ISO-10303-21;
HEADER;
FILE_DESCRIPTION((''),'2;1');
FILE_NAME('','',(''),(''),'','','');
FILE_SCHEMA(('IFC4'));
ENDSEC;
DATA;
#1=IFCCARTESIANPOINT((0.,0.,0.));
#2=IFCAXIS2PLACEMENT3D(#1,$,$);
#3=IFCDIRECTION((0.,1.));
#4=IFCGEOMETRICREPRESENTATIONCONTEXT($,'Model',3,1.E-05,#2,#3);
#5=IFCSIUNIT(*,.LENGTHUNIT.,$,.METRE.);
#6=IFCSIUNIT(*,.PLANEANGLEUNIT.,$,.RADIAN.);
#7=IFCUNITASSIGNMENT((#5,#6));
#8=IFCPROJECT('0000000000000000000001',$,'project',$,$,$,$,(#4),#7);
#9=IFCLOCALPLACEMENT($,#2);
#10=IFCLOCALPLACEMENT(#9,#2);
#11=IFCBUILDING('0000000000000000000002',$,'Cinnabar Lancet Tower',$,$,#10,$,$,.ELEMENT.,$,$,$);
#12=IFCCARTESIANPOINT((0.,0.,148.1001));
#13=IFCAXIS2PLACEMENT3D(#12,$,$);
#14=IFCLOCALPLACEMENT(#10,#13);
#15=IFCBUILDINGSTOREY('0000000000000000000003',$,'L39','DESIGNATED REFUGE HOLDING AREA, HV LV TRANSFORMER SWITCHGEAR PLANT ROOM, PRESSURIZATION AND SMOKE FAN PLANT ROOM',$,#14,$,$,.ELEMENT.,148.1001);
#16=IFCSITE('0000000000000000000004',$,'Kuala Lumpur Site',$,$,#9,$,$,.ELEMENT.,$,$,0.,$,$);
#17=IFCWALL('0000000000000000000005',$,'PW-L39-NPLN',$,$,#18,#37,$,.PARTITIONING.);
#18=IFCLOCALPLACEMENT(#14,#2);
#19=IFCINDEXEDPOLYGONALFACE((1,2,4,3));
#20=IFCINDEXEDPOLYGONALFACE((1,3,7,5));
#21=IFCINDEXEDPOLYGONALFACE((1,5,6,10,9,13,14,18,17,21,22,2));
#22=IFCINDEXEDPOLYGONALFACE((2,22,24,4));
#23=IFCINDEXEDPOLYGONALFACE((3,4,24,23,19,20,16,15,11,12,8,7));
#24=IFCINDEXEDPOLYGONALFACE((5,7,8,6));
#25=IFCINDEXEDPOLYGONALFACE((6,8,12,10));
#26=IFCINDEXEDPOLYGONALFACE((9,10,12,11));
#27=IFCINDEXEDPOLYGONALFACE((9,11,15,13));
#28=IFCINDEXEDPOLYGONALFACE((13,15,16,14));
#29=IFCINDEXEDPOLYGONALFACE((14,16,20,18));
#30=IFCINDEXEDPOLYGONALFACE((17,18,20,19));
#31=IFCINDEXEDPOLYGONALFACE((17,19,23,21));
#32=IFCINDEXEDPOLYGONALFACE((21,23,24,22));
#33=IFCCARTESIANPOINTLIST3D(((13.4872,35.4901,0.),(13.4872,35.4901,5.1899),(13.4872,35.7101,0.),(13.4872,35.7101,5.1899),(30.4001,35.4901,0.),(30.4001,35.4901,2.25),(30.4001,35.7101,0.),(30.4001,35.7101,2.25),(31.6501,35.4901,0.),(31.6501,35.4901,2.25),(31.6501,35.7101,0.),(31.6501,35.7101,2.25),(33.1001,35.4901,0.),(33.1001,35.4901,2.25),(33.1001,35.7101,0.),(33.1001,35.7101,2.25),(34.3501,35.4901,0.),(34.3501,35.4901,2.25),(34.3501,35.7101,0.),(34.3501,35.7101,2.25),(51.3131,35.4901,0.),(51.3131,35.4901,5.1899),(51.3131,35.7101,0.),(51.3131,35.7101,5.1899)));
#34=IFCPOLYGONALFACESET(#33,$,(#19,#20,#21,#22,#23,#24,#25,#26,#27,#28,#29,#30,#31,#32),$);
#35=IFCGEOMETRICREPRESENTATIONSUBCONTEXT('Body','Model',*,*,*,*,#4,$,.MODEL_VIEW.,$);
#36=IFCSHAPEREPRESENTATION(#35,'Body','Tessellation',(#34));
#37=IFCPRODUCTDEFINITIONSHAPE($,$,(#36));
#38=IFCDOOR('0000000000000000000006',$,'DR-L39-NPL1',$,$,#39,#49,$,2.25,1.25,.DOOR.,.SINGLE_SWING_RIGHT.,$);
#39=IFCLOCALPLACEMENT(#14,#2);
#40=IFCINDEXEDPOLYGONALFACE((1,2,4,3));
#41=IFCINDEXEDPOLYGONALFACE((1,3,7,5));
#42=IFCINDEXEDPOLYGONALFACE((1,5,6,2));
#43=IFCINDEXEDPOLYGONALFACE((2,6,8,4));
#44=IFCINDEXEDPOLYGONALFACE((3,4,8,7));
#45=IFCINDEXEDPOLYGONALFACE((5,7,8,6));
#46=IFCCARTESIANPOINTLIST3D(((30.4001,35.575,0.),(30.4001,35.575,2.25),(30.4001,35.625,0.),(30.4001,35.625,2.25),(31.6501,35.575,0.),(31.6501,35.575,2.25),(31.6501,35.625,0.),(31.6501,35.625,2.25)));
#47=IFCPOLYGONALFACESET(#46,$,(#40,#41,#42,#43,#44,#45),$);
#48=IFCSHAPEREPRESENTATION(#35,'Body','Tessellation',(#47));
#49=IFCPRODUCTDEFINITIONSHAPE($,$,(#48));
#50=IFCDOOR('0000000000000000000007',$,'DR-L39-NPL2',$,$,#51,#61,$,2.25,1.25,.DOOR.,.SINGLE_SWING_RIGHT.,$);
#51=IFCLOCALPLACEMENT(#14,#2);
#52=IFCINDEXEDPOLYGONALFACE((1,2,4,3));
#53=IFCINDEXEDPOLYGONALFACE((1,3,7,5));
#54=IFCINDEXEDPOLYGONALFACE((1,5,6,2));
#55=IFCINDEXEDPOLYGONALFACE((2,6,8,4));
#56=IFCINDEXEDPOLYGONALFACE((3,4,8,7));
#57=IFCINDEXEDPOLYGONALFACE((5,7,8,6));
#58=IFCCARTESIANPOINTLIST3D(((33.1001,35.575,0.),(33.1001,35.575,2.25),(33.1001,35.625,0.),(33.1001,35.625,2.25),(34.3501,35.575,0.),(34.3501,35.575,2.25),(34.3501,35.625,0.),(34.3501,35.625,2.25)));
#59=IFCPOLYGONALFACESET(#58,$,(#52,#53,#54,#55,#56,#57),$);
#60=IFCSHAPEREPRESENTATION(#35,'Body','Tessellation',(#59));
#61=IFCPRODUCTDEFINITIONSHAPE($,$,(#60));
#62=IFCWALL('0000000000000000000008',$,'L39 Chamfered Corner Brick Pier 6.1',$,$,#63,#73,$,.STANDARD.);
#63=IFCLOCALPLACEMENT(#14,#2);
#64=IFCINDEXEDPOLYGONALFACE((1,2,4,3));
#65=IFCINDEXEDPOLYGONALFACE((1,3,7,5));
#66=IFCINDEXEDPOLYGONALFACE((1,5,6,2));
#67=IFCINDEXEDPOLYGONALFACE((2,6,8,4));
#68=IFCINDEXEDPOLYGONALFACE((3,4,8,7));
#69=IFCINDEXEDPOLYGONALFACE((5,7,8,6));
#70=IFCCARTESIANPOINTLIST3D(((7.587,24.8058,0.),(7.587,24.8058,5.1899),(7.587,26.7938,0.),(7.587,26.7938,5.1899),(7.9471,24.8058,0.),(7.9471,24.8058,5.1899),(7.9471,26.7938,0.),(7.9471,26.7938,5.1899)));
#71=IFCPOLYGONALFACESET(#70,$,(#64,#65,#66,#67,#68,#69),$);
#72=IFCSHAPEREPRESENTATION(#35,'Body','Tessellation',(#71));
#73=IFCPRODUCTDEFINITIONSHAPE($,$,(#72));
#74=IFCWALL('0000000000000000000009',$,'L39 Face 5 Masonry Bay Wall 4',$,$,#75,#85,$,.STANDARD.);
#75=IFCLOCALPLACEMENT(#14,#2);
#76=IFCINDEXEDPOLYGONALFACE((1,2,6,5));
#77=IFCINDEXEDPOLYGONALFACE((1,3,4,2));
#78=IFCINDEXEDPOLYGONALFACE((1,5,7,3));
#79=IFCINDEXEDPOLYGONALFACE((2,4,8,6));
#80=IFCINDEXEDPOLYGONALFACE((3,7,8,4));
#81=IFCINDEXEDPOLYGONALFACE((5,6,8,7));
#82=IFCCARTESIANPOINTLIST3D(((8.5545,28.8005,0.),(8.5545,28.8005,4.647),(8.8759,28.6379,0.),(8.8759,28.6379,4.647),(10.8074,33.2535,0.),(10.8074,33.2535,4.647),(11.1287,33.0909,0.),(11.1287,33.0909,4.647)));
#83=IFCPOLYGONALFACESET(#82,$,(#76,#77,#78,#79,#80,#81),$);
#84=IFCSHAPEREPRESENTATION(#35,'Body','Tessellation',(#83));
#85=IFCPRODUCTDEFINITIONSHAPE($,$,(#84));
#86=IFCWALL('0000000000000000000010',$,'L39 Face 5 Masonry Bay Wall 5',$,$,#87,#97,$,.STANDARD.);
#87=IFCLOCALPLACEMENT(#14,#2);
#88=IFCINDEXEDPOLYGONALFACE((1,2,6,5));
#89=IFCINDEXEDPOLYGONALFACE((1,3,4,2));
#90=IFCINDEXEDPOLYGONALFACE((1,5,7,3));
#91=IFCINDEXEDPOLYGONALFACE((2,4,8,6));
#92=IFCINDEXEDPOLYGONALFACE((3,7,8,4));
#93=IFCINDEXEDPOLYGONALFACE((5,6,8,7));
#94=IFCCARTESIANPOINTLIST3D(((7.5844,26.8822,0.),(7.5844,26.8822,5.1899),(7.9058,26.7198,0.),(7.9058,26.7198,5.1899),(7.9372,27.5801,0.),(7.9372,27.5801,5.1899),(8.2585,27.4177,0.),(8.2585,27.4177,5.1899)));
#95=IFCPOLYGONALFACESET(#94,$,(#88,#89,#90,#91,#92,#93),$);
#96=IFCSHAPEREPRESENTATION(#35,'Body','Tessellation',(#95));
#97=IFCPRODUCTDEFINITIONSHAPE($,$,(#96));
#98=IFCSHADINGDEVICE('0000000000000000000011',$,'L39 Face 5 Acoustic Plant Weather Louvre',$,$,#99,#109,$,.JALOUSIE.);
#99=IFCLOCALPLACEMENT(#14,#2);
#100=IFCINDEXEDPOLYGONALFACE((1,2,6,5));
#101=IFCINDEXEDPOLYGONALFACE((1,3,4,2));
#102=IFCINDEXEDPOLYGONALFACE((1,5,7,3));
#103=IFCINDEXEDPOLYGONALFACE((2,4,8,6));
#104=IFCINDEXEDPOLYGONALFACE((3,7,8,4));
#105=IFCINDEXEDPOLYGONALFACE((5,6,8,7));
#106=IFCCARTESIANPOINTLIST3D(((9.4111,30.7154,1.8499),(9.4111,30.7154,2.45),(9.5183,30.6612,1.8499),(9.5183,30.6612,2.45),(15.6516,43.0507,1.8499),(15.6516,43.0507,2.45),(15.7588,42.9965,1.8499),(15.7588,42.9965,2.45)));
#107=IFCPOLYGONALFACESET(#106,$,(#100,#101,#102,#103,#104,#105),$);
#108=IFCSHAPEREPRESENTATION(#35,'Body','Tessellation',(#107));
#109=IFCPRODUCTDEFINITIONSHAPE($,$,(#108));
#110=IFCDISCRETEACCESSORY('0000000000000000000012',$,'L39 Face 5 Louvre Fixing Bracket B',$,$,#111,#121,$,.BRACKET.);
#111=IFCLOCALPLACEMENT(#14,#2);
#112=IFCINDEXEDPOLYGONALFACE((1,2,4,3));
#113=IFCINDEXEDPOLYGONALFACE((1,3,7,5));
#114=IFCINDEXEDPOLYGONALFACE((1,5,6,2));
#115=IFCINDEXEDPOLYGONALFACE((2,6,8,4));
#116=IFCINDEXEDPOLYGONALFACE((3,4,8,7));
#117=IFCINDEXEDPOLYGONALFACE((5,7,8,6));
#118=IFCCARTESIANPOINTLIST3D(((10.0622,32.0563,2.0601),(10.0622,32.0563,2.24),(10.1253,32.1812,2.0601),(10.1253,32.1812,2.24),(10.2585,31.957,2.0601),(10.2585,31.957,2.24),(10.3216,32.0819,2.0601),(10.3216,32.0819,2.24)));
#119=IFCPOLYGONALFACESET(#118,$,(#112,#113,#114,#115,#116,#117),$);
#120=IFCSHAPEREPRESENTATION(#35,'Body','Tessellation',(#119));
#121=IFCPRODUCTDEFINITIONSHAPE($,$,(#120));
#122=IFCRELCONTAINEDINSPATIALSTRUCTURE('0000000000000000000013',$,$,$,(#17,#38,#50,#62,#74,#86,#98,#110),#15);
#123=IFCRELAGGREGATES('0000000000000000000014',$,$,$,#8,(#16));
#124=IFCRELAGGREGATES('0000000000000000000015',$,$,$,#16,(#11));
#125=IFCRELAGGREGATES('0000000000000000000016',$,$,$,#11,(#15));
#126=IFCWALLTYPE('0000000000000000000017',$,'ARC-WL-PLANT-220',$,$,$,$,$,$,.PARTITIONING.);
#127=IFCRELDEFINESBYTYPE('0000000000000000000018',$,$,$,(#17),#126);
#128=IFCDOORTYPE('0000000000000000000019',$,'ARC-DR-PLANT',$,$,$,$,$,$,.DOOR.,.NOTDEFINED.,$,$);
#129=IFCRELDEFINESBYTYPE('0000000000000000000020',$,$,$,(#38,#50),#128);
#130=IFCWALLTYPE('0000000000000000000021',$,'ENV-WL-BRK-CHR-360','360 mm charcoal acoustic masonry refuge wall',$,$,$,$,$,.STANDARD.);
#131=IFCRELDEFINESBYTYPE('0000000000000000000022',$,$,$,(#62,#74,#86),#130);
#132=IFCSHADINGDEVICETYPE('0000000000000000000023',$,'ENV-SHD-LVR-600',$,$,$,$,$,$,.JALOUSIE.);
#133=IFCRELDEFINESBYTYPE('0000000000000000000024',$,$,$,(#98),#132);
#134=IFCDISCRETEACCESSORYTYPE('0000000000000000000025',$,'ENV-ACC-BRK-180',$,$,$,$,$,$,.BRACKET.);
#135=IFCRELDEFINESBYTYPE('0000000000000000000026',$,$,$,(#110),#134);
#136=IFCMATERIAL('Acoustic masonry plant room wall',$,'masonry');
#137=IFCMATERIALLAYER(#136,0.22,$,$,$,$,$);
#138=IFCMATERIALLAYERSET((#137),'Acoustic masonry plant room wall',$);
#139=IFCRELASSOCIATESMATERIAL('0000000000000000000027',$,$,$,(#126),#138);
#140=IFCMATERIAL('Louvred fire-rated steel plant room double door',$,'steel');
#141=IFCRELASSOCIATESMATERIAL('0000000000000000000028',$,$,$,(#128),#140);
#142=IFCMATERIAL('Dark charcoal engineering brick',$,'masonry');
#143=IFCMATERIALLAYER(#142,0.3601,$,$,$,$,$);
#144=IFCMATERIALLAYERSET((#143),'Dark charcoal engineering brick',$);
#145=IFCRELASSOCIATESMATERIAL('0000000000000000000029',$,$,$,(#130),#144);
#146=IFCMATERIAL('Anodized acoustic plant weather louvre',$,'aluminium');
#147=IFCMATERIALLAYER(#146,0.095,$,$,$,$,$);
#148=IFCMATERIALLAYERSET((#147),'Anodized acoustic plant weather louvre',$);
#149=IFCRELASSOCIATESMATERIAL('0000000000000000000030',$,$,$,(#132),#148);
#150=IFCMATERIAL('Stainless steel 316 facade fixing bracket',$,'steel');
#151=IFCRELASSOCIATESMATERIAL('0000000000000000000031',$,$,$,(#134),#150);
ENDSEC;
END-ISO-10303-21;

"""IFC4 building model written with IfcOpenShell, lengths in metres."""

from ifc_helpers import new_model, si_unit, direction, frame, frame_2d, origin, origin_2d, place, context, subcontext, project, spatial, rectangle, extrude, material, layer, layer_set, type_object, element, fill, save


model = new_model("IFC4")

# Units and contexts
model_context = context("Model", 3, precision=1e-05, world=origin(), true_north=direction((0.0, 1.0)))
body_context = subcontext(model_context, "Body", "Model", "MODEL_VIEW")
ifc_project = project(units=[si_unit("LENGTHUNIT", "METRE"), si_unit("PLANEANGLEUNIT", "RADIAN")], contexts=[model_context])

# Site, building, storey
site_placement = place(None, origin())
site = spatial("IfcSite", under=ifc_project, at=site_placement, Name="Kuala Lumpur Site", CompositionType="ELEMENT", RefElevation=0.0)
building_placement = place(site_placement, origin())
building = spatial("IfcBuilding", under=site, at=building_placement, Name="Cinnabar Lancet Tower", CompositionType="ELEMENT")
storey_placement = place(building_placement, frame((0.0, 0.0, 148.1001)))
storey = spatial("IfcBuildingStorey", under=building, at=storey_placement, Name="L39", Description="DESIGNATED REFUGE HOLDING AREA, HV LV TRANSFORMER SWITCHGEAR PLANT ROOM, PRESSURIZATION AND SMOKE FAN PLANT ROOM", CompositionType="ELEMENT", Elevation=148.1001)

# Shared definitions
ifc_material_1 = material(Name="Acoustic masonry plant room wall", Category="masonry")
ifc_layer_1 = layer(ifc_material_1, 0.22)
ifc_layer_set_1 = layer_set([ifc_layer_1], Name="Acoustic masonry plant room wall")
wall_type_1 = type_object("IfcWallType", Name="ARC-WL-PLANT-220", PredefinedType="PARTITIONING", material=ifc_layer_set_1)

# Wall, openings, doors
wall_1_placement = place(storey_placement, frame((13.4871, 35.6001, 0.0), z_axis=(0.0, 0.0, 1.0), x_axis=(1.0, 0.0, 0.0)))
wall_1 = element("IfcWall", 1, at=wall_1_placement, inside=storey, type_object=wall_type_1, Name="PW-L39-NPLN", PredefinedType="PARTITIONING", context=body_context, shape_type="SweptSolid", body=[
    extrude(rectangle(XDim=37.8259, YDim=0.22, at=frame_2d((18.9131, 0.0))), origin(), (0.0, 0.0, 1.0), 5.1899),
])
opening_1_placement = place(wall_1_placement, frame((16.9131, 0.0, 0.0)))
opening_1 = element("IfcOpeningElement", 2, at=opening_1_placement, cuts=wall_1, PredefinedType="OPENING", context=body_context, shape_type="SweptSolid", body=[
    extrude(rectangle(XDim=1.25, YDim=2.25, at=frame_2d((0.625, 1.125))), frame((0.0, 0.1199, 0.0), z_axis=(0.0, -1.0, 0.0), x_axis=(1.0, 0.0, 0.0)), (0.0, 0.0, 1.0), 0.24),
])
opening_2_placement = place(wall_1_placement, frame((19.613, 0.0, 0.0)))
opening_2 = element("IfcOpeningElement", 3, at=opening_2_placement, cuts=wall_1, PredefinedType="OPENING", context=body_context, shape_type="SweptSolid", body=[
    extrude(rectangle(XDim=1.25, YDim=2.25, at=frame_2d((0.625, 1.125))), frame((0.0, 0.1199, 0.0), z_axis=(0.0, -1.0, 0.0), x_axis=(1.0, 0.0, 0.0)), (0.0, 0.0, 1.0), 0.24),
])
ifc_material_2 = material(Name="Louvred fire-rated steel plant room double door", Category="steel")
door_type_1 = type_object("IfcDoorType", Name="ARC-DR-PLANT", OperationType="NOTDEFINED", PredefinedType="DOOR", material=ifc_material_2)
door_1_placement = place(opening_1_placement, origin())
door_1 = element("IfcDoor", 4, at=door_1_placement, inside=storey, type_object=door_type_1, Name="DR-L39-NPL1", OperationType="SINGLE_SWING_RIGHT", OverallHeight=2.25, OverallWidth=1.25, PredefinedType="DOOR", context=body_context, shape_type="SweptSolid", body=[
    extrude(rectangle(XDim=1.25, YDim=2.25, at=frame_2d((0.625, 1.125))), frame((0.0, 0.0249, 0.0), z_axis=(0.0, -1.0, 0.0), x_axis=(1.0, 0.0, 0.0)), (0.0, 0.0, 1.0), 0.05),
])
fill(opening_1, door_1)
door_2_placement = place(opening_2_placement, origin())
door_2 = element("IfcDoor", 5, at=door_2_placement, inside=storey, type_object=door_type_1, Name="DR-L39-NPL2", OperationType="SINGLE_SWING_RIGHT", OverallHeight=2.25, OverallWidth=1.25, PredefinedType="DOOR", context=body_context, shape_type="SweptSolid", body=[
    extrude(rectangle(XDim=1.25, YDim=2.25, at=frame_2d((0.625, 1.125))), frame((0.0, 0.0249, 0.0), z_axis=(0.0, -1.0, 0.0), x_axis=(1.0, 0.0, 0.0)), (0.0, 0.0, 1.0), 0.05),
])
fill(opening_2, door_2)

# Walls
ifc_material_3 = material(Name="Dark charcoal engineering brick", Category="masonry")
ifc_layer_2 = layer(ifc_material_3, 0.3601)
ifc_layer_set_2 = layer_set([ifc_layer_2], Name="Dark charcoal engineering brick")
wall_type_2 = type_object("IfcWallType", Name="ENV-WL-BRK-CHR-360", Description="360 mm charcoal acoustic masonry refuge wall", PredefinedType="STANDARD", material=ifc_layer_set_2)
wall_2_placement = place(storey_placement, frame((7.7671, 26.7939, 0.0), z_axis=(0.0, 0.0, 1.0), x_axis=(0.0, -1.0, 0.0)))
element("IfcWall", 6, at=wall_2_placement, inside=storey, type_object=wall_type_2, Name="L39 Chamfered Corner Brick Pier 6.1", PredefinedType="STANDARD", context=body_context, shape_type="SweptSolid", body=[
    extrude(rectangle(XDim=1.988, YDim=0.3601, at=frame_2d((0.9941, 0.0))), origin(), (0.0, 0.0, 1.0), 5.1899),
])
wall_3_placement = place(storey_placement, frame((10.968, 33.1721, 0.0), z_axis=(0.0, 0.0, 1.0), x_axis=(-0.451435, -0.892304, 0.0)))
element("IfcWall", 7, at=wall_3_placement, inside=storey, type_object=wall_type_2, Name="L39 Face 5 Masonry Bay Wall 4", PredefinedType="STANDARD", context=body_context, shape_type="SweptSolid", body=[
    extrude(rectangle(XDim=4.9905, YDim=0.3601, at=frame_2d((2.4951, 0.0))), origin(), (0.0, 0.0, 1.0), 4.647),
])
wall_4_placement = place(storey_placement, frame((8.0979, 27.499, 0.0), z_axis=(0.0, 0.0, 1.0), x_axis=(-0.45108, -0.892483, 0.0)))
element("IfcWall", 8, at=wall_4_placement, inside=storey, type_object=wall_type_2, Name="L39 Face 5 Masonry Bay Wall 5", PredefinedType="STANDARD", context=body_context, shape_type="SweptSolid", body=[
    extrude(rectangle(XDim=0.782, YDim=0.3601, at=frame_2d((0.3911, 0.0))), origin(), (0.0, 0.0, 1.0), 5.1899),
])

# Shading device
ifc_material_4 = material(Name="Anodized acoustic plant weather louvre", Category="aluminium")
ifc_layer_3 = layer(ifc_material_4, 0.095)
ifc_layer_set_3 = layer_set([ifc_layer_3], Name="Anodized acoustic plant weather louvre")
shading_device_type = type_object("IfcShadingDeviceType", Name="ENV-SHD-LVR-600", PredefinedType="JALOUSIE", material=ifc_layer_set_3)
shading_device_placement = place(storey_placement, frame((12.585, 36.856, 1.8499), z_axis=(0.0, 0.0, 1.0), x_axis=(-0.451423, -0.89231, 0.0)))
element("IfcShadingDevice", 9, at=shading_device_placement, inside=storey, type_object=shading_device_type, Name="L39 Face 5 Acoustic Plant Weather Louvre", PredefinedType="JALOUSIE", context=body_context, shape_type="SweptSolid", body=[
    extrude(rectangle(XDim=13.824, YDim=0.1201, at=origin_2d()), origin(), (0.0, 0.0, 1.0), 0.6001),
])

# Discrete accessory
ifc_material_5 = material(Name="Stainless steel 316 facade fixing bracket", Category="steel")
discrete_accessory_type = type_object("IfcDiscreteAccessoryType", Name="ENV-ACC-BRK-180", PredefinedType="BRACKET", material=ifc_material_5)
discrete_accessory_placement = place(storey_placement, frame((10.1919, 32.0691, 2.0601), z_axis=(0.0, 0.0, 1.0), x_axis=(-0.451423, -0.89231, 0.0)))
element("IfcDiscreteAccessory", 10, at=discrete_accessory_placement, inside=storey, type_object=discrete_accessory_type, Name="L39 Face 5 Louvre Fixing Bracket B", PredefinedType="BRACKET", context=body_context, shape_type="SweptSolid", body=[
    extrude(rectangle(XDim=0.1399, YDim=0.22, at=origin_2d()), origin(), (0.0, 0.0, 1.0), 0.1799),
])

save(model, "model.ifc")
